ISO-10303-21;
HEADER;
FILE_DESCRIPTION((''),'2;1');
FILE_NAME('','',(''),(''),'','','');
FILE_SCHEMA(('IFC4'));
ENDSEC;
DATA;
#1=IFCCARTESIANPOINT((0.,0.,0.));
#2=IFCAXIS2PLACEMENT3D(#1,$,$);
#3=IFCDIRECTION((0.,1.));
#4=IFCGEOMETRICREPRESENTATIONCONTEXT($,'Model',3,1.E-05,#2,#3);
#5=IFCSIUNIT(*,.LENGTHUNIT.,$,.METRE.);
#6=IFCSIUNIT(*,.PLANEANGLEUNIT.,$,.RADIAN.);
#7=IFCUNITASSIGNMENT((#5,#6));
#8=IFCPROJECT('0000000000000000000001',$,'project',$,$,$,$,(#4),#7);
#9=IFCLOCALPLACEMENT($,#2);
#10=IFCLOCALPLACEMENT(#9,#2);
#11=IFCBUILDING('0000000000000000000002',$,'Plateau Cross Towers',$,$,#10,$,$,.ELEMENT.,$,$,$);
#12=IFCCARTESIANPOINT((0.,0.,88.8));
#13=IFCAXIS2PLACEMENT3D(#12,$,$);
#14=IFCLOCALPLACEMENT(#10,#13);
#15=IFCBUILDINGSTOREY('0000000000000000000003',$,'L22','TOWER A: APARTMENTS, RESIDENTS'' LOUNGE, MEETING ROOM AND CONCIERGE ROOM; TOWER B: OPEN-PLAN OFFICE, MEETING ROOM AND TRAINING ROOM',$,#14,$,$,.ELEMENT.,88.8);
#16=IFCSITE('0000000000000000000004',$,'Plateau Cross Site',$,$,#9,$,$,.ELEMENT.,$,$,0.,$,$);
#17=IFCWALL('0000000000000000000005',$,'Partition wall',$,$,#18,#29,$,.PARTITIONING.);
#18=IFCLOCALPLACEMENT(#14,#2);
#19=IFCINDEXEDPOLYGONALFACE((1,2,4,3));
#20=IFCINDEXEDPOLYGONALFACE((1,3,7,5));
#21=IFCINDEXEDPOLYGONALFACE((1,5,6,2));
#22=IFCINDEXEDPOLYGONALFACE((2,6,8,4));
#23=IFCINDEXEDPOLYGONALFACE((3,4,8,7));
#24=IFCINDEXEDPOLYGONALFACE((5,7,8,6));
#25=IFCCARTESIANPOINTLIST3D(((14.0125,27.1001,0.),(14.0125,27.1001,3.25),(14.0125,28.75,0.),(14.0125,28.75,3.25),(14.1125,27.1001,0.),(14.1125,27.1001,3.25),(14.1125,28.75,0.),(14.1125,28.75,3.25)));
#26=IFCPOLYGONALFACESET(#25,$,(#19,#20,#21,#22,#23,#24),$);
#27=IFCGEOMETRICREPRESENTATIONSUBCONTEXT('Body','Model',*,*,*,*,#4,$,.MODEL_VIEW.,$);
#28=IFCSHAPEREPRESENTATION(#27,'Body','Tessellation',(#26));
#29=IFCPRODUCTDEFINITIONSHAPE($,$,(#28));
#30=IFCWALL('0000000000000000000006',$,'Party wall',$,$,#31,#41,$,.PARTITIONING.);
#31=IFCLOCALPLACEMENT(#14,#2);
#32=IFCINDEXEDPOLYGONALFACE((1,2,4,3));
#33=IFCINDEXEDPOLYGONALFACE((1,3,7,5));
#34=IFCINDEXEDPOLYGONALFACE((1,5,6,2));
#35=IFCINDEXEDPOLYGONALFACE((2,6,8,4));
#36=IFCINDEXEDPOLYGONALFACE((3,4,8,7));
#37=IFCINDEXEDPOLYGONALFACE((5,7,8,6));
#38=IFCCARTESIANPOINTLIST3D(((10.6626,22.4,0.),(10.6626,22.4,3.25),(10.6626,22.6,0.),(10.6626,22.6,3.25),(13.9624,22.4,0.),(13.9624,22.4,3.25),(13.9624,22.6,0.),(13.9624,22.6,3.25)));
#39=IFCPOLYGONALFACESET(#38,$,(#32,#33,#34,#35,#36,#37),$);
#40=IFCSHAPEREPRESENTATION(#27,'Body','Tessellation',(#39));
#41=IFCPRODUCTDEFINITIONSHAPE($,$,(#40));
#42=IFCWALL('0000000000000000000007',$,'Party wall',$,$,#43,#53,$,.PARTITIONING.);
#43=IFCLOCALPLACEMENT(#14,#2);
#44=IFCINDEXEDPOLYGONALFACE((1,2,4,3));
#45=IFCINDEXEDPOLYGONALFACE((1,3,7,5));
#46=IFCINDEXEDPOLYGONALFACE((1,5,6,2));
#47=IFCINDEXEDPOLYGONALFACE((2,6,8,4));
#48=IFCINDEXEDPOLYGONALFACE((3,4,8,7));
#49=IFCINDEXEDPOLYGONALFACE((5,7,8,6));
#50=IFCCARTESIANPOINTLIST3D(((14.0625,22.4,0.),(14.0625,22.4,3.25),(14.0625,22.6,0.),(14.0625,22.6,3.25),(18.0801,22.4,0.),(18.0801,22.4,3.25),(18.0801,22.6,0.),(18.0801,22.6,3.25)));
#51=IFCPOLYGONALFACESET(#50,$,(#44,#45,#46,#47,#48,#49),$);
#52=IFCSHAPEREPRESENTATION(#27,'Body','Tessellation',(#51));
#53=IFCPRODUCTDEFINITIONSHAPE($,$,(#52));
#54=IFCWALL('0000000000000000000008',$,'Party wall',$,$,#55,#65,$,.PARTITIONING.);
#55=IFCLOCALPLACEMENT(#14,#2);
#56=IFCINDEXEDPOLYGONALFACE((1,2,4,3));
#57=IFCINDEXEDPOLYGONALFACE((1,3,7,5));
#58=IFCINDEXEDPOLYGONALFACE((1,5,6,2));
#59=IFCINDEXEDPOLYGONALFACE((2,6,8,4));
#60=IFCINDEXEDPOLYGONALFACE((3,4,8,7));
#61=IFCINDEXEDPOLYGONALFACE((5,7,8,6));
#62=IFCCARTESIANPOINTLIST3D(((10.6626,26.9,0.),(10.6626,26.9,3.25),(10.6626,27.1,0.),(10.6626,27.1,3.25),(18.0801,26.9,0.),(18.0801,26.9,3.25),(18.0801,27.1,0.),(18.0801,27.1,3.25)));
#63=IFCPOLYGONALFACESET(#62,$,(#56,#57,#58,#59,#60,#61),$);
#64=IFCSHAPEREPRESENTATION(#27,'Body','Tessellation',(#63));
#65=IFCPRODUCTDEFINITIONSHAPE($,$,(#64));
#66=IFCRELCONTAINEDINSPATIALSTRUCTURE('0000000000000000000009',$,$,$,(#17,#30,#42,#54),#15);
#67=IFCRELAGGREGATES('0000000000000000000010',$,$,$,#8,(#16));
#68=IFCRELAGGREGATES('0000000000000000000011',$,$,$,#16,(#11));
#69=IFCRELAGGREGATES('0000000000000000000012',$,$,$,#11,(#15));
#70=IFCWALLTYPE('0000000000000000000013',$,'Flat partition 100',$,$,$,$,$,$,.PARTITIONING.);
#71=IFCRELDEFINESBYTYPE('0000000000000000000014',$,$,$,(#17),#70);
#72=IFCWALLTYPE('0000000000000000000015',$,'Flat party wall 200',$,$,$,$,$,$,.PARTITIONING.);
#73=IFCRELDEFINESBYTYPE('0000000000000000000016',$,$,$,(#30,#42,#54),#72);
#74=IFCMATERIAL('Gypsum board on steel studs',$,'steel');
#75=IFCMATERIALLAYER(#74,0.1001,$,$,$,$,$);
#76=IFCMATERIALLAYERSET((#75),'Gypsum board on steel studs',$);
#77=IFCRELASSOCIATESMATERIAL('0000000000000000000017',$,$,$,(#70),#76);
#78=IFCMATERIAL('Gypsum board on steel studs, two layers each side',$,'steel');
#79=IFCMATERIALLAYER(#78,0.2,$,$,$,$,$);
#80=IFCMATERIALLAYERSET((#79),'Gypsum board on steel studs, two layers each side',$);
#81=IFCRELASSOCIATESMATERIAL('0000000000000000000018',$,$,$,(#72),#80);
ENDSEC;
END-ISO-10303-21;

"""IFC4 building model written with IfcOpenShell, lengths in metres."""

from ifc_helpers import new_model, si_unit, direction, frame, frame_2d, origin, place, context, subcontext, project, spatial, rectangle, extrude, material, layer, layer_set, type_object, element, save


model = new_model("IFC4")

# Units and contexts
model_context = context("Model", 3, precision=1e-05, world=origin(), true_north=direction((0.0, 1.0)))
body_context = subcontext(model_context, "Body", "Model", "MODEL_VIEW")
ifc_project = project(units=[si_unit("LENGTHUNIT", "METRE"), si_unit("PLANEANGLEUNIT", "RADIAN")], contexts=[model_context])

# Site, building, storey
site_placement = place(None, origin())
site = spatial("IfcSite", under=ifc_project, at=site_placement, Name="Plateau Cross Site", CompositionType="ELEMENT", RefElevation=0.0)
building_placement = place(site_placement, origin())
building = spatial("IfcBuilding", under=site, at=building_placement, Name="Plateau Cross Towers", CompositionType="ELEMENT")
storey_placement = place(building_placement, frame((0.0, 0.0, 88.8)))
storey = spatial("IfcBuildingStorey", under=building, at=storey_placement, Name="L22", Description="TOWER A: APARTMENTS, RESIDENTS' LOUNGE, MEETING ROOM AND CONCIERGE ROOM; TOWER B: OPEN-PLAN OFFICE, MEETING ROOM AND TRAINING ROOM", CompositionType="ELEMENT", Elevation=88.8)

# Shared definitions
ifc_material_1 = material(Name="Gypsum board on steel studs", Category="steel")
ifc_layer_1 = layer(ifc_material_1, 0.1001)
ifc_layer_set_1 = layer_set([ifc_layer_1], Name="Gypsum board on steel studs")
wall_type_1 = type_object("IfcWallType", Name="Flat partition 100", PredefinedType="PARTITIONING", material=ifc_layer_set_1)

# Walls
wall_1_placement = place(storey_placement, frame((14.0625, 27.1001, 0.0), z_axis=(0.0, 0.0, 1.0), x_axis=(0.0, 1.0, 0.0)))
element("IfcWall", 1, at=wall_1_placement, inside=storey, type_object=wall_type_1, Name="Partition wall", PredefinedType="PARTITIONING", context=body_context, shape_type="SweptSolid", body=[
    extrude(rectangle(XDim=1.6499, YDim=0.1001, at=frame_2d((0.825, 0.0))), origin(), (0.0, 0.0, 1.0), 3.25),
])
ifc_material_2 = material(Name="Gypsum board on steel studs, two layers each side", Category="steel")
ifc_layer_2 = layer(ifc_material_2, 0.2)
ifc_layer_set_2 = layer_set([ifc_layer_2], Name="Gypsum board on steel studs, two layers each side")
wall_type_2 = type_object("IfcWallType", Name="Flat party wall 200", PredefinedType="PARTITIONING", material=ifc_layer_set_2)
wall_2_placement = place(storey_placement, frame((13.9624, 22.5, 0.0), z_axis=(0.0, 0.0, 1.0), x_axis=(-1.0, 0.0, 0.0)))
element("IfcWall", 2, at=wall_2_placement, inside=storey, type_object=wall_type_2, Name="Party wall", PredefinedType="PARTITIONING", context=body_context, shape_type="SweptSolid", body=[
    extrude(rectangle(XDim=3.2998, YDim=0.2, at=frame_2d((1.6499, 0.0))), origin(), (0.0, 0.0, 1.0), 3.25),
])
wall_3_placement = place(storey_placement, frame((14.0625, 22.5, 0.0), z_axis=(0.0, 0.0, 1.0), x_axis=(1.0, 0.0, 0.0)))
element("IfcWall", 3, at=wall_3_placement, inside=storey, type_object=wall_type_2, Name="Party wall", PredefinedType="PARTITIONING", context=body_context, shape_type="SweptSolid", body=[
    extrude(rectangle(XDim=4.0176, YDim=0.2, at=frame_2d((2.0088, 0.0))), origin(), (0.0, 0.0, 1.0), 3.25),
])
wall_4_placement = place(storey_placement, frame((18.0801, 27.0, 0.0), z_axis=(0.0, 0.0, 1.0), x_axis=(-1.0, 0.0, 0.0)))
element("IfcWall", 4, at=wall_4_placement, inside=storey, type_object=wall_type_2, Name="Party wall", PredefinedType="PARTITIONING", context=body_context, shape_type="SweptSolid", body=[
    extrude(rectangle(XDim=7.4175, YDim=0.2, at=frame_2d((3.7087, 0.0))), origin(), (0.0, 0.0, 1.0), 3.25),
])

save(model, "model.ifc")
